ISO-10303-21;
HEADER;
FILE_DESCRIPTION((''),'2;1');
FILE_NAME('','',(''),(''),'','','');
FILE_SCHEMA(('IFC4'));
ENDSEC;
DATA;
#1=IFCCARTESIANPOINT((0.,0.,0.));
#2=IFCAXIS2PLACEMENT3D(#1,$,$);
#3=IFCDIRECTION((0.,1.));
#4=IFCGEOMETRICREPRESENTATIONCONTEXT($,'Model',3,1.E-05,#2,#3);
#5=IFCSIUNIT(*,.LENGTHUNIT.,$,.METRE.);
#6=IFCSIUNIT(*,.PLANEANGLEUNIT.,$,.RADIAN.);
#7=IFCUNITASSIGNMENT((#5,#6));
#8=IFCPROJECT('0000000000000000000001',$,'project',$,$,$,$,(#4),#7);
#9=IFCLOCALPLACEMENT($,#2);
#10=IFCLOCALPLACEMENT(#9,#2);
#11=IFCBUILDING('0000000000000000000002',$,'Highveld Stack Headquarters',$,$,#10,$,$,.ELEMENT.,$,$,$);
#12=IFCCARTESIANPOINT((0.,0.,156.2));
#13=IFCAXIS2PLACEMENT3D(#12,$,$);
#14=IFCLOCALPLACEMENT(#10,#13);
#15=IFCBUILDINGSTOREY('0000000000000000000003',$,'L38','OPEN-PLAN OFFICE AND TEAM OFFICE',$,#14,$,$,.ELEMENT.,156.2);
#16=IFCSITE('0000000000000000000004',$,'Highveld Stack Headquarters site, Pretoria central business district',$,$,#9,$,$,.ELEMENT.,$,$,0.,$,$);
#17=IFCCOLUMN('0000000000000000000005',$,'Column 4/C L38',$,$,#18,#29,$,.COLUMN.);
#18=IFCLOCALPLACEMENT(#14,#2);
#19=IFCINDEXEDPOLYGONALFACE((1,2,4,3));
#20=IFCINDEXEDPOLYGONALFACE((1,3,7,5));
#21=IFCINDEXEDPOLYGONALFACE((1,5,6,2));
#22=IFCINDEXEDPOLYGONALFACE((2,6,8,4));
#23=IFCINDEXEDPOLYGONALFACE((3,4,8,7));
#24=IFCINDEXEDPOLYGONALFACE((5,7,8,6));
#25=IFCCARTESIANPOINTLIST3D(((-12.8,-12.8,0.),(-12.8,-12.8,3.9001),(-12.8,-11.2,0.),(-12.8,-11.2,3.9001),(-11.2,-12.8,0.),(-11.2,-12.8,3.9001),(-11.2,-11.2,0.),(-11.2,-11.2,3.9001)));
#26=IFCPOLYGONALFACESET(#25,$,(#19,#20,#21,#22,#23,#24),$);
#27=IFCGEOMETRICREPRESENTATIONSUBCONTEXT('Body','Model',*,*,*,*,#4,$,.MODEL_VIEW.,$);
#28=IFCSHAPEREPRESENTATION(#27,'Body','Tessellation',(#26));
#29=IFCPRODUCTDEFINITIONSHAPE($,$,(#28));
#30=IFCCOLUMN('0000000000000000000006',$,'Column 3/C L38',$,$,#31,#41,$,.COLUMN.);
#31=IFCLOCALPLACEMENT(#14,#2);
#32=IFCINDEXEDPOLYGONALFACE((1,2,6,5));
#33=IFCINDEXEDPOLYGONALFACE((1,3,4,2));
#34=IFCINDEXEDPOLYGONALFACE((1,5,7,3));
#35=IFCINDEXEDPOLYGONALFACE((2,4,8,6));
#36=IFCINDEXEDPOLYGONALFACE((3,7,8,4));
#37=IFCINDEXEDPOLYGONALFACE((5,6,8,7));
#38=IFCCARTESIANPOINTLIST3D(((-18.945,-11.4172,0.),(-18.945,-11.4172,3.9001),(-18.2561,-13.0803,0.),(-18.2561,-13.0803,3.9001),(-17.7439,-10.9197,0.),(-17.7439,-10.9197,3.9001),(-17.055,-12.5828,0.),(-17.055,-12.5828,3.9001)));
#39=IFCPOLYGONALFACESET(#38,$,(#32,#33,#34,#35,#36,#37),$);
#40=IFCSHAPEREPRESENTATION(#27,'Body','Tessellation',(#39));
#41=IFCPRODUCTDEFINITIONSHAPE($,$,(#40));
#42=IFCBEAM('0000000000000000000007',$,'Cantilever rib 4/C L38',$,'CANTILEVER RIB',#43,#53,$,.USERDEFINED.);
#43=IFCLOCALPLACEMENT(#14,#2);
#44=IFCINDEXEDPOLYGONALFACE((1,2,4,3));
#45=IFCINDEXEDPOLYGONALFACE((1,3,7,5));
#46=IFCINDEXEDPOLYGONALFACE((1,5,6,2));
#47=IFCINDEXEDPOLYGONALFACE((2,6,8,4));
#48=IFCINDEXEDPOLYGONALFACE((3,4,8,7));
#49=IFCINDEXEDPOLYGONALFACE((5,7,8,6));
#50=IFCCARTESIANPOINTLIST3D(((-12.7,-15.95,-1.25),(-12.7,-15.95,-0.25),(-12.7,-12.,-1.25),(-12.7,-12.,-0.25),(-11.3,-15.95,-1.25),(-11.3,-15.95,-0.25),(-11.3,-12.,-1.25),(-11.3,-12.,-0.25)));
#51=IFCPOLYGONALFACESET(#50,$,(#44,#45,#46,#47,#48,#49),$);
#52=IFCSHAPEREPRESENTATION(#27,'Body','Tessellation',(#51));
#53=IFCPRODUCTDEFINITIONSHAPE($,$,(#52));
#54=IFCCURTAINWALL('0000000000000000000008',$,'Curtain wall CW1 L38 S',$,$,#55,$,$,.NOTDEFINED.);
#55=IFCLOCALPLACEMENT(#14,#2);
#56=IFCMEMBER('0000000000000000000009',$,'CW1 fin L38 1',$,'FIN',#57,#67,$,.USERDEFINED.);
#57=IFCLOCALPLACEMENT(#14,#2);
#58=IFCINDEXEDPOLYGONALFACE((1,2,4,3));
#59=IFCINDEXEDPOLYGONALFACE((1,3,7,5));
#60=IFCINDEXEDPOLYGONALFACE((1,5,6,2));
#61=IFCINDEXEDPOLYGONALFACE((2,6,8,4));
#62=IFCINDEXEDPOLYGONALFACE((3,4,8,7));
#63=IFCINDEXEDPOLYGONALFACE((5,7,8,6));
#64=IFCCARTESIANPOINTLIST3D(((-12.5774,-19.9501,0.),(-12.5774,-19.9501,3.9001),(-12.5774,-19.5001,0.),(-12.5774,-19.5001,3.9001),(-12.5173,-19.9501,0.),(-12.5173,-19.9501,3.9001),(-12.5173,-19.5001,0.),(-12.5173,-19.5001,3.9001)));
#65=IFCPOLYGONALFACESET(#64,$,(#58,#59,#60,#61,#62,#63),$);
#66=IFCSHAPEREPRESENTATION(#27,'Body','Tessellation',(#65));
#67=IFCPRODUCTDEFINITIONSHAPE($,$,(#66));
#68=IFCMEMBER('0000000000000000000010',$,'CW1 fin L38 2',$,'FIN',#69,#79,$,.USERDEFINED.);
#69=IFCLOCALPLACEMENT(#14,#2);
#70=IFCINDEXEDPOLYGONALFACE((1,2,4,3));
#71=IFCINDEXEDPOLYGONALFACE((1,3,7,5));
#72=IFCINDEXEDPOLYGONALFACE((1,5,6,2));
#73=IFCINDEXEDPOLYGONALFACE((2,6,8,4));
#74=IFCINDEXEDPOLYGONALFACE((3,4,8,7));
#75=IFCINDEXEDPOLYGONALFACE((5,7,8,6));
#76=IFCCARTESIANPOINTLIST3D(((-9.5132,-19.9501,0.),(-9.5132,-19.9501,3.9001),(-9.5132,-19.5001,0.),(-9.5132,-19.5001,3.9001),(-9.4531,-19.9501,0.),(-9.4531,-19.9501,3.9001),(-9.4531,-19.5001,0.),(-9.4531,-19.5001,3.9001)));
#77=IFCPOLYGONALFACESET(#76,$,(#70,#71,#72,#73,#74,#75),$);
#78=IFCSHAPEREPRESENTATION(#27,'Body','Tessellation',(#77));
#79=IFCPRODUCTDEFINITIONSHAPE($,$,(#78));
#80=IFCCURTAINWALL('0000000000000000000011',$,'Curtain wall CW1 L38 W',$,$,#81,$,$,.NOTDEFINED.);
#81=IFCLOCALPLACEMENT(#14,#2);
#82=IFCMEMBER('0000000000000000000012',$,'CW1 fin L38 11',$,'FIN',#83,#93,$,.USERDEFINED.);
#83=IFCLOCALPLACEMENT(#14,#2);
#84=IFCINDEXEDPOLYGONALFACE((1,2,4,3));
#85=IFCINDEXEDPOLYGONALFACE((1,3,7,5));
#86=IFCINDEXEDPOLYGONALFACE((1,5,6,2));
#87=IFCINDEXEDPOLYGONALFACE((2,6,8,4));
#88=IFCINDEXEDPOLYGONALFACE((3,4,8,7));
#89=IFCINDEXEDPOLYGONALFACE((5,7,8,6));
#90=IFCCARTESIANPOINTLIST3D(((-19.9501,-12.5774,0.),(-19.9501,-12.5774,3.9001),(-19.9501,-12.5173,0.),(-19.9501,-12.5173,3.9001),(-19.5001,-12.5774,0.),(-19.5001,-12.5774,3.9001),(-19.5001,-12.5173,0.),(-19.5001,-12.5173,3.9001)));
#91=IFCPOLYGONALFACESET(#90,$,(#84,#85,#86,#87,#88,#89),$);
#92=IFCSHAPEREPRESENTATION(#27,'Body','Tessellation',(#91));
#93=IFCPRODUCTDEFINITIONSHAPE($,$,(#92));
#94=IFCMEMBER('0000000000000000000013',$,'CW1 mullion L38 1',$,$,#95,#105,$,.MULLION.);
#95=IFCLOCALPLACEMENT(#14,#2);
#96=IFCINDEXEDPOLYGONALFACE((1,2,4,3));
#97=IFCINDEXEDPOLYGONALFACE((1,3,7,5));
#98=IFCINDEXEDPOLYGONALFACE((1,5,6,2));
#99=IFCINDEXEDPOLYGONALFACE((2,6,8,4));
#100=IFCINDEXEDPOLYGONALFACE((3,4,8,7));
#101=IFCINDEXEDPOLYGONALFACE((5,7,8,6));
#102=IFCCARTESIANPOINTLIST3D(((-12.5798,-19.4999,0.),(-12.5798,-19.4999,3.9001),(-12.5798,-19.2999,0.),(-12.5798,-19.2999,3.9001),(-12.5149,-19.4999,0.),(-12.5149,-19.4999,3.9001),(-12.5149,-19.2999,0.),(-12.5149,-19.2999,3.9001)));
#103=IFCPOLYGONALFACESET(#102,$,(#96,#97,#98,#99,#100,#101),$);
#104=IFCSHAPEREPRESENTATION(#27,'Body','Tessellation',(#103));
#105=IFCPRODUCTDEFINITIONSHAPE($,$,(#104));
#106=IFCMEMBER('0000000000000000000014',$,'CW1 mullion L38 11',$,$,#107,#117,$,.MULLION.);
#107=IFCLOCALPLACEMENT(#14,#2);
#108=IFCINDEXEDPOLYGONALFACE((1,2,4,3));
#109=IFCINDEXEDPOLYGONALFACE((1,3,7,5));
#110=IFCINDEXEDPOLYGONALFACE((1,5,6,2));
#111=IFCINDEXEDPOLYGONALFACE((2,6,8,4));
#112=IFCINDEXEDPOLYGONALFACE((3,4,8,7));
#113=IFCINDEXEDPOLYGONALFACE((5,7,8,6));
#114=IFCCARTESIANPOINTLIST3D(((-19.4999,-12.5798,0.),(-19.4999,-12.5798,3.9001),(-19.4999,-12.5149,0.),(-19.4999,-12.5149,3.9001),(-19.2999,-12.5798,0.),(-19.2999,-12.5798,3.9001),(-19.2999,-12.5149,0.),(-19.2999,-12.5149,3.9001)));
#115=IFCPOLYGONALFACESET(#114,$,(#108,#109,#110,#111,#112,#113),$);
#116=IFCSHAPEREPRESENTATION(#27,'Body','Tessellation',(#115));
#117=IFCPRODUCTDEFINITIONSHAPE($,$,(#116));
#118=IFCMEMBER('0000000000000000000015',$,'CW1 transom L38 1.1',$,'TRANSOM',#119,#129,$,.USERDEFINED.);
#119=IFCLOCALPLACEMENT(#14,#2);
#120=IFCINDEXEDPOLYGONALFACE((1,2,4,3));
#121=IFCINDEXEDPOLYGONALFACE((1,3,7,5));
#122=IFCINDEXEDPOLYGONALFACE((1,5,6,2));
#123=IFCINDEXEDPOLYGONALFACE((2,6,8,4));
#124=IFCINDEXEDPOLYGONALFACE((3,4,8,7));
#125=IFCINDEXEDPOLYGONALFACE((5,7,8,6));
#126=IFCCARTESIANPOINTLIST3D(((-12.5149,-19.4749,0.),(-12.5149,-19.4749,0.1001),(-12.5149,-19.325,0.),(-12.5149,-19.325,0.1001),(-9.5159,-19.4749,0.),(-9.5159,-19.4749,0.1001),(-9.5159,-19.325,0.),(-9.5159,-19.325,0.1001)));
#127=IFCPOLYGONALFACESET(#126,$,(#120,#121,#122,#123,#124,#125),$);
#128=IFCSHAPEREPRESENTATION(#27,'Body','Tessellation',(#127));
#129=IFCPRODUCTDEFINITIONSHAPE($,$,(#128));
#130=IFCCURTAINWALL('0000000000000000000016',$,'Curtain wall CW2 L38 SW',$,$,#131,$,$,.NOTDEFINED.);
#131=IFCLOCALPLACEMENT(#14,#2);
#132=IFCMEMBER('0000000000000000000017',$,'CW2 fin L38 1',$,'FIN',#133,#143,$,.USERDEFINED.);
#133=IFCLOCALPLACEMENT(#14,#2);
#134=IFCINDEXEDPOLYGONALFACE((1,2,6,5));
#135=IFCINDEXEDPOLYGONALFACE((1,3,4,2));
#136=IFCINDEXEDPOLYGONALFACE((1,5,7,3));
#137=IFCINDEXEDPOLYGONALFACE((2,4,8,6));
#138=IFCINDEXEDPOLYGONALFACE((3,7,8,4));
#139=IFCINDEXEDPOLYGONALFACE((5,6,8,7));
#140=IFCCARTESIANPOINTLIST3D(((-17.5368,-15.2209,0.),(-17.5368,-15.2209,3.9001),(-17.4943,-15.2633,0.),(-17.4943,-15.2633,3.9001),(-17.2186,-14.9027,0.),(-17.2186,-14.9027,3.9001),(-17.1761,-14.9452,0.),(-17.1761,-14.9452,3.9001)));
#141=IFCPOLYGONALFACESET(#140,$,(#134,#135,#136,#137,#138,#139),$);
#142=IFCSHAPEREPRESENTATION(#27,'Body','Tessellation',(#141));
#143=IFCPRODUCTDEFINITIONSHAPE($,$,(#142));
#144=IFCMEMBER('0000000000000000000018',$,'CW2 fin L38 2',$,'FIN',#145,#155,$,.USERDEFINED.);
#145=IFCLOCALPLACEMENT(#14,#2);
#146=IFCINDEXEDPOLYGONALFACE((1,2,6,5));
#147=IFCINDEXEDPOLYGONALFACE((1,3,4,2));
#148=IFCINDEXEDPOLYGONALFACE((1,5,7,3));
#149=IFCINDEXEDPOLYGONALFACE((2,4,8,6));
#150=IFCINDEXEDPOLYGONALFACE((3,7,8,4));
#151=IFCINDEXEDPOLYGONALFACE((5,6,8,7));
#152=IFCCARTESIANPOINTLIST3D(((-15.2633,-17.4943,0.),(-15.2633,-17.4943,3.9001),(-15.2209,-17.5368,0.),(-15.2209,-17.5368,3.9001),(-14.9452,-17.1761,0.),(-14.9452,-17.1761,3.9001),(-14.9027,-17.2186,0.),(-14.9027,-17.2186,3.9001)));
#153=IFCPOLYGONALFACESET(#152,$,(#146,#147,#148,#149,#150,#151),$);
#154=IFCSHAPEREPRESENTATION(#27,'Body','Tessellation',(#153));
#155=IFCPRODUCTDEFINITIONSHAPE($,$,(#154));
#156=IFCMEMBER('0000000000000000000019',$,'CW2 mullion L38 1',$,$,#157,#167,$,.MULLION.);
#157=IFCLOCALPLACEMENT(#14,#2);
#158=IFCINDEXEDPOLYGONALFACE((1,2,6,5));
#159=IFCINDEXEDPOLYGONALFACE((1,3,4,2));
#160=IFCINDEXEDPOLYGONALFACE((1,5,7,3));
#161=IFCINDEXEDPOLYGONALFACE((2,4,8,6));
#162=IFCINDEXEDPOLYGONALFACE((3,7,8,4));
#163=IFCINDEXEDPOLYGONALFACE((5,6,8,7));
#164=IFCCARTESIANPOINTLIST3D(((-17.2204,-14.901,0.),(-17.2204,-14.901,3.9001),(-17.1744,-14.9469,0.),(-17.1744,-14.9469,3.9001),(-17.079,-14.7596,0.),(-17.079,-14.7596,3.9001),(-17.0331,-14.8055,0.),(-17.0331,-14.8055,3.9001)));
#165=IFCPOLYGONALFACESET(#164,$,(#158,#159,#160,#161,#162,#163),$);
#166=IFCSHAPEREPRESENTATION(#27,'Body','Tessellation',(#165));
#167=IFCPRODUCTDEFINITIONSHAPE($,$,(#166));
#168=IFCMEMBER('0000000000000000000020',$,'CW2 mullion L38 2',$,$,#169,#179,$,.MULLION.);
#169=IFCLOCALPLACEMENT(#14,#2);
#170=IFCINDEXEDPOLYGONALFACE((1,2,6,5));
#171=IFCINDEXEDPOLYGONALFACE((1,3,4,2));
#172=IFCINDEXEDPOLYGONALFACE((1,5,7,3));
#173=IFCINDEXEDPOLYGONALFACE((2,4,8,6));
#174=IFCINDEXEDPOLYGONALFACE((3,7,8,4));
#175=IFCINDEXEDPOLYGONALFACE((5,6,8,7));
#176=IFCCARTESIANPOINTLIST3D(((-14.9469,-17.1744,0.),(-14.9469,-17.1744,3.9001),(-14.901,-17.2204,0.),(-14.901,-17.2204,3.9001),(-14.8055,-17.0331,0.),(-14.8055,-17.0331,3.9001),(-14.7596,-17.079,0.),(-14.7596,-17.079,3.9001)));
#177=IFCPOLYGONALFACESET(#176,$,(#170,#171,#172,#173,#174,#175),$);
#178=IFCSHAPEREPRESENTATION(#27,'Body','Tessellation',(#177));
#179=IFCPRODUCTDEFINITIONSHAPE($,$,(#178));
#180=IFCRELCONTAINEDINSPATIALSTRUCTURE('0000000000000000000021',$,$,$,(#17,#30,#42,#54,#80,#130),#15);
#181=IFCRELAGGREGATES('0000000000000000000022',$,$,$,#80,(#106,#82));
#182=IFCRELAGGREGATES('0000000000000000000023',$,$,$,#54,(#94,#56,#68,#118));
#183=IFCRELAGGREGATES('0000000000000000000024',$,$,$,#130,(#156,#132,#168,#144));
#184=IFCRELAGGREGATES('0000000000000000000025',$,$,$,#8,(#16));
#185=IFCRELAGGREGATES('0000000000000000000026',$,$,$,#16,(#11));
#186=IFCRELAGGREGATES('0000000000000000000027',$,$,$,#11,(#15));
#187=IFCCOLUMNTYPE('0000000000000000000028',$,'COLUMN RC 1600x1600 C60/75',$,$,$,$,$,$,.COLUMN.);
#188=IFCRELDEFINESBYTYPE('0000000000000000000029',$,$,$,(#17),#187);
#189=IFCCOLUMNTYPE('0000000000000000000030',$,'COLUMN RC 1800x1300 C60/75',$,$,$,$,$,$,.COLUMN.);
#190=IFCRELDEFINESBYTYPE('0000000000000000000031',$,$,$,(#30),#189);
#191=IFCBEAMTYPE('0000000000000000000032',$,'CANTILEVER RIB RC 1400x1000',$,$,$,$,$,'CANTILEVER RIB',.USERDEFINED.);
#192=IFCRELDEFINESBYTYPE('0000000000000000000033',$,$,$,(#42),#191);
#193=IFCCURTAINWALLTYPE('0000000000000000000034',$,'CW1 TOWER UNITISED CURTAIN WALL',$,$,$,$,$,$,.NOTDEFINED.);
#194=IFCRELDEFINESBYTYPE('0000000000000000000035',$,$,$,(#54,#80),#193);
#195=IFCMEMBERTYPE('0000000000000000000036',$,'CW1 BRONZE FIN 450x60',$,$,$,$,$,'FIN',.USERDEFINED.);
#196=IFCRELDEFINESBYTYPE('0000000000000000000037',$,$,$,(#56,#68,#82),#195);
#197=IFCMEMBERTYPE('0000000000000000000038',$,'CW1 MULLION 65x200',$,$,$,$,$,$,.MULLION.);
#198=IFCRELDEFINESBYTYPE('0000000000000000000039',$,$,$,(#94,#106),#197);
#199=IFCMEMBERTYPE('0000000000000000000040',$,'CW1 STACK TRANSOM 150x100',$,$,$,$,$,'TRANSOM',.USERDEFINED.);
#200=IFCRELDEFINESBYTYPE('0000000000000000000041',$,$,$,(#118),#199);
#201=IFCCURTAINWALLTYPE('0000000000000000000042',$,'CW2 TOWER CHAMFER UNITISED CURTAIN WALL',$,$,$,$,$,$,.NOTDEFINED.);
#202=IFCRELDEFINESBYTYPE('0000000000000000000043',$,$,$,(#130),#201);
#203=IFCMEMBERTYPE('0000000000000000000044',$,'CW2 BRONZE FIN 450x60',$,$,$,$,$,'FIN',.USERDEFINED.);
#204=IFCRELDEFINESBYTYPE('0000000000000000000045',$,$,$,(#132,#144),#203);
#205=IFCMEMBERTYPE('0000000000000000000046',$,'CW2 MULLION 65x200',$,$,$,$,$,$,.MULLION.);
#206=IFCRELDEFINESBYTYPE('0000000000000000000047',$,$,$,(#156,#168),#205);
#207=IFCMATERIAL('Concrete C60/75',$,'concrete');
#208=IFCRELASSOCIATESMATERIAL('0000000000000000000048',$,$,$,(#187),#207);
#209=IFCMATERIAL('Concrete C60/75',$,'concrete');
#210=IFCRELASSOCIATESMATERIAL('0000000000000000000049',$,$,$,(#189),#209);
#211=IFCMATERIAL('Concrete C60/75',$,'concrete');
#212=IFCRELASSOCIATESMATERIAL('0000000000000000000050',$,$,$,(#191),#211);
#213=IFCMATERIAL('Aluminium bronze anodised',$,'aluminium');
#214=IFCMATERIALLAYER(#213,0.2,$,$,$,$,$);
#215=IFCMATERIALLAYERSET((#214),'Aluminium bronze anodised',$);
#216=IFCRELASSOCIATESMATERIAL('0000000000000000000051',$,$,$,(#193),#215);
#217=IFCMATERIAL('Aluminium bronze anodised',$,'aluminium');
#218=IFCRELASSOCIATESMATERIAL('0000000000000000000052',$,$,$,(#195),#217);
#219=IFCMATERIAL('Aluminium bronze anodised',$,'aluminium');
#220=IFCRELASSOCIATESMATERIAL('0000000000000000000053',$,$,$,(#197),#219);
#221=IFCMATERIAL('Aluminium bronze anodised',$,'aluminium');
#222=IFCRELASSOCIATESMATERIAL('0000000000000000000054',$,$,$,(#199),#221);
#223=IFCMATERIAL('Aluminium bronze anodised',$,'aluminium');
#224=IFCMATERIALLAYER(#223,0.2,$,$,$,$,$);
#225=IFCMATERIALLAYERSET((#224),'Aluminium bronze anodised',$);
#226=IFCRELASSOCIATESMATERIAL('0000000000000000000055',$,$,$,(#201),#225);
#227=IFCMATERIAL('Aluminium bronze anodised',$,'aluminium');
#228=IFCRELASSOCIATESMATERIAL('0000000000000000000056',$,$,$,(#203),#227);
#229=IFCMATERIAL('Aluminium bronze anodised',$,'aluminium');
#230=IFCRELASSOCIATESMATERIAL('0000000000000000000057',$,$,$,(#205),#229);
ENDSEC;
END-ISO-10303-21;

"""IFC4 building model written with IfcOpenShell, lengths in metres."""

from ifc_helpers import new_model, si_unit, direction, frame, origin, origin_2d, place, context, subcontext, project, spatial, rectangle, extrude, material, layer, layer_set, material_profile, profile_set, type_object, element, aggregate, save


model = new_model("IFC4")

# Units and contexts
model_context = context("Model", 3, precision=1e-05, world=origin(), true_north=direction((0.0, 1.0)))
body_context = subcontext(model_context, "Body", "Model", "MODEL_VIEW")
ifc_project = project(units=[si_unit("LENGTHUNIT", "METRE"), si_unit("PLANEANGLEUNIT", "RADIAN")], contexts=[model_context])

# Site, building, storey
site_placement = place(None, origin())
site = spatial("IfcSite", under=ifc_project, at=site_placement, Name="Highveld Stack Headquarters site, Pretoria central business district", CompositionType="ELEMENT", RefElevation=0.0)
building_placement = place(site_placement, origin())
building = spatial("IfcBuilding", under=site, at=building_placement, Name="Highveld Stack Headquarters", CompositionType="ELEMENT")
storey_placement = place(building_placement, frame((0.0, 0.0, 156.2)))
storey = spatial("IfcBuildingStorey", under=building, at=storey_placement, Name="L38", Description="OPEN-PLAN OFFICE AND TEAM OFFICE", CompositionType="ELEMENT", Elevation=156.2)

# Columns
ifc_material_1 = material(Name="Concrete C60/75", Category="concrete")
ifc_material_profile_1 = material_profile(ifc_material_1, rectangle(XDim=1.6001, YDim=1.6001, at=origin_2d()), Name="RC 1600x1600")
ifc_profile_set_1 = profile_set([ifc_material_profile_1], Name="Concrete C60/75")
column_type_1 = type_object("IfcColumnType", Name="COLUMN RC 1600x1600 C60/75", PredefinedType="COLUMN", material=ifc_profile_set_1)
column_1_placement = place(storey_placement, frame((-12.0, -12.0, 0.0), z_axis=(0.0, 0.0, 1.0), x_axis=(1.0, 0.0, 0.0)))
element("IfcColumn", 1, at=column_1_placement, inside=storey, type_object=column_type_1, Name="Column 4/C L38", PredefinedType="COLUMN", context=body_context, shape_type="SweptSolid", body=[
    extrude(rectangle(XDim=1.6001, YDim=1.6001, at=origin_2d()), origin(), (0.0, 0.0, 1.0), 3.9001),
])
ifc_material_2 = material(Name="Concrete C60/75", Category="concrete")
ifc_material_profile_2 = material_profile(ifc_material_2, rectangle(XDim=1.8, YDim=1.3, at=origin_2d()), Name="RC 1800x1300")
ifc_profile_set_2 = profile_set([ifc_material_profile_2], Name="Concrete C60/75")
column_type_2 = type_object("IfcColumnType", Name="COLUMN RC 1800x1300 C60/75", PredefinedType="COLUMN", material=ifc_profile_set_2)
column_2_placement = place(storey_placement, frame((-18.0, -12.0, 0.0), z_axis=(0.0, 0.0, 1.0), x_axis=(-0.382683, 0.92388, 0.0)))
element("IfcColumn", 2, at=column_2_placement, inside=storey, type_object=column_type_2, Name="Column 3/C L38", PredefinedType="COLUMN", context=body_context, shape_type="SweptSolid", body=[
    extrude(rectangle(XDim=1.8, YDim=1.3, at=origin_2d()), origin(), (0.0, 0.0, 1.0), 3.9001),
])

# Beam
ifc_material_3 = material(Name="Concrete C60/75", Category="concrete")
ifc_material_profile_3 = material_profile(ifc_material_3, rectangle(XDim=1.3999, YDim=1.0, at=origin_2d()), Name="RC 1400x1000")
ifc_profile_set_3 = profile_set([ifc_material_profile_3], Name="Concrete C60/75")
beam_type_1 = type_object("IfcBeamType", Name="CANTILEVER RIB RC 1400x1000", ElementType="CANTILEVER RIB", PredefinedType="USERDEFINED", material=ifc_profile_set_3)
beam_1_placement = place(storey_placement, frame((-12.0, -12.0, -0.75), z_axis=(0.0, -1.0, 0.0), x_axis=(1.0, 0.0, 0.0)))
element("IfcBeam", 3, at=beam_1_placement, inside=storey, type_object=beam_type_1, Name="Cantilever rib 4/C L38", ObjectType="CANTILEVER RIB", PredefinedType="USERDEFINED", context=body_context, shape_type="SweptSolid", body=[
    extrude(rectangle(XDim=1.3999, YDim=1.0, at=origin_2d()), origin(), (0.0, 0.0, 1.0), 3.95),
])

# Curtain wall, members
ifc_material_4 = material(Name="Aluminium bronze anodised", Category="aluminium")
ifc_layer_1 = layer(ifc_material_4, 0.2)
ifc_layer_set_1 = layer_set([ifc_layer_1], Name="Aluminium bronze anodised")
curtain_wall_type_1 = type_object("IfcCurtainWallType", Name="CW1 TOWER UNITISED CURTAIN WALL", PredefinedType="NOTDEFINED", material=ifc_layer_set_1)
curtain_wall_1_placement = place(storey_placement, origin())
curtain_wall_1 = element("IfcCurtainWall", 4, at=curtain_wall_1_placement, inside=storey, type_object=curtain_wall_type_1, Name="Curtain wall CW1 L38 S", PredefinedType="NOTDEFINED")
ifc_material_5 = material(Name="Aluminium bronze anodised", Category="aluminium")
ifc_material_profile_4 = material_profile(ifc_material_5, rectangle(XDim=0.45, YDim=0.0601, at=origin_2d()), Name="FIN 450x60")
ifc_profile_set_4 = profile_set([ifc_material_profile_4], Name="Aluminium bronze anodised")
member_type_1 = type_object("IfcMemberType", Name="CW1 BRONZE FIN 450x60", ElementType="FIN", PredefinedType="USERDEFINED", material=ifc_profile_set_4)
member_1_placement = place(storey_placement, frame((-12.5474, -19.7251, 0.0), z_axis=(0.0, 0.0, 1.0), x_axis=(0.0, 1.0, 0.0)))
member_1 = element("IfcMember", 5, at=member_1_placement, type_object=member_type_1, Name="CW1 fin L38 1", ObjectType="FIN", PredefinedType="USERDEFINED", context=body_context, shape_type="SweptSolid", body=[
    extrude(rectangle(XDim=0.45, YDim=0.0601, at=origin_2d()), origin(), (0.0, 0.0, 1.0), 3.9001),
])
member_2_placement = place(storey_placement, frame((-9.4832, -19.7251, 0.0), z_axis=(0.0, 0.0, 1.0), x_axis=(0.0, 1.0, 0.0)))
member_2 = element("IfcMember", 6, at=member_2_placement, type_object=member_type_1, Name="CW1 fin L38 2", ObjectType="FIN", PredefinedType="USERDEFINED", context=body_context, shape_type="SweptSolid", body=[
    extrude(rectangle(XDim=0.45, YDim=0.0601, at=origin_2d()), origin(), (0.0, 0.0, 1.0), 3.9001),
])

# Curtain wall, member
curtain_wall_2_placement = place(storey_placement, origin())
curtain_wall_2 = element("IfcCurtainWall", 7, at=curtain_wall_2_placement, inside=storey, type_object=curtain_wall_type_1, Name="Curtain wall CW1 L38 W", PredefinedType="NOTDEFINED")
member_3_placement = place(storey_placement, frame((-19.7251, -12.5474, 0.0), z_axis=(0.0, 0.0, 1.0), x_axis=(1.0, 0.0, 0.0)))
member_3 = element("IfcMember", 8, at=member_3_placement, type_object=member_type_1, Name="CW1 fin L38 11", ObjectType="FIN", PredefinedType="USERDEFINED", context=body_context, shape_type="SweptSolid", body=[
    extrude(rectangle(XDim=0.45, YDim=0.0601, at=origin_2d()), origin(), (0.0, 0.0, 1.0), 3.9001),
])

# Members
ifc_material_6 = material(Name="Aluminium bronze anodised", Category="aluminium")
ifc_material_profile_5 = material_profile(ifc_material_6, rectangle(XDim=0.2, YDim=0.0649, at=origin_2d()), Name="CW1 MULLION 65x200")
ifc_profile_set_5 = profile_set([ifc_material_profile_5], Name="Aluminium bronze anodised")
member_type_2 = type_object("IfcMemberType", Name="CW1 MULLION 65x200", PredefinedType="MULLION", material=ifc_profile_set_5)
member_4_placement = place(storey_placement, frame((-12.5474, -19.3999, 0.0), z_axis=(0.0, 0.0, 1.0), x_axis=(0.0, 1.0, 0.0)))
member_4 = element("IfcMember", 9, at=member_4_placement, type_object=member_type_2, Name="CW1 mullion L38 1", PredefinedType="MULLION", context=body_context, shape_type="SweptSolid", body=[
    extrude(rectangle(XDim=0.2, YDim=0.0649, at=origin_2d()), origin(), (0.0, 0.0, 1.0), 3.9001),
])
member_5_placement = place(storey_placement, frame((-19.3999, -12.5474, 0.0), z_axis=(0.0, 0.0, 1.0), x_axis=(1.0, 0.0, 0.0)))
member_5 = element("IfcMember", 10, at=member_5_placement, type_object=member_type_2, Name="CW1 mullion L38 11", PredefinedType="MULLION", context=body_context, shape_type="SweptSolid", body=[
    extrude(rectangle(XDim=0.2, YDim=0.0649, at=origin_2d()), origin(), (0.0, 0.0, 1.0), 3.9001),
])
aggregate(curtain_wall_2, [member_5, member_3])
ifc_material_7 = material(Name="Aluminium bronze anodised", Category="aluminium")
ifc_material_profile_6 = material_profile(ifc_material_7, rectangle(XDim=0.1499, YDim=0.1001, at=origin_2d()), Name="CW1 TRANSOM 150x100")
ifc_profile_set_6 = profile_set([ifc_material_profile_6], Name="Aluminium bronze anodised")
member_type_3 = type_object("IfcMemberType", Name="CW1 STACK TRANSOM 150x100", ElementType="TRANSOM", PredefinedType="USERDEFINED", material=ifc_profile_set_6)
member_6_placement = place(storey_placement, frame((-12.5149, -19.3999, 0.05), z_axis=(1.0, 0.0, 0.0), x_axis=(0.0, 1.0, 0.0)))
member_6 = element("IfcMember", 11, at=member_6_placement, type_object=member_type_3, Name="CW1 transom L38 1.1", ObjectType="TRANSOM", PredefinedType="USERDEFINED", context=body_context, shape_type="SweptSolid", body=[
    extrude(rectangle(XDim=0.1499, YDim=0.1001, at=origin_2d()), origin(), (0.0, 0.0, 1.0), 2.999),
])

# Curtain wall, members
ifc_material_8 = material(Name="Aluminium bronze anodised", Category="aluminium")
ifc_layer_2 = layer(ifc_material_8, 0.2)
ifc_layer_set_2 = layer_set([ifc_layer_2], Name="Aluminium bronze anodised")
curtain_wall_type_2 = type_object("IfcCurtainWallType", Name="CW2 TOWER CHAMFER UNITISED CURTAIN WALL", PredefinedType="NOTDEFINED", material=ifc_layer_set_2)
curtain_wall_3_placement = place(storey_placement, origin())
curtain_wall_3 = element("IfcCurtainWall", 12, at=curtain_wall_3_placement, inside=storey, type_object=curtain_wall_type_2, Name="Curtain wall CW2 L38 SW", PredefinedType="NOTDEFINED")
ifc_material_9 = material(Name="Aluminium bronze anodised", Category="aluminium")
ifc_material_profile_7 = material_profile(ifc_material_9, rectangle(XDim=0.45, YDim=0.0601, at=origin_2d()), Name="FIN 450x60")
ifc_profile_set_7 = profile_set([ifc_material_profile_7], Name="Aluminium bronze anodised")
member_type_4 = type_object("IfcMemberType", Name="CW2 BRONZE FIN 450x60", ElementType="FIN", PredefinedType="USERDEFINED", material=ifc_profile_set_7)
member_7_placement = place(storey_placement, frame((-17.3564, -15.083, 0.0), z_axis=(0.0, 0.0, 1.0), x_axis=(0.707107, 0.707107, 0.0)))
member_7 = element("IfcMember", 13, at=member_7_placement, type_object=member_type_4, Name="CW2 fin L38 1", ObjectType="FIN", PredefinedType="USERDEFINED", context=body_context, shape_type="SweptSolid", body=[
    extrude(rectangle(XDim=0.45, YDim=0.0601, at=origin_2d()), origin(), (0.0, 0.0, 1.0), 3.9001),
])
member_8_placement = place(storey_placement, frame((-15.083, -17.3564, 0.0), z_axis=(0.0, 0.0, 1.0), x_axis=(0.707107, 0.707107, 0.0)))
member_8 = element("IfcMember", 14, at=member_8_placement, type_object=member_type_4, Name="CW2 fin L38 2", ObjectType="FIN", PredefinedType="USERDEFINED", context=body_context, shape_type="SweptSolid", body=[
    extrude(rectangle(XDim=0.45, YDim=0.0601, at=origin_2d()), origin(), (0.0, 0.0, 1.0), 3.9001),
])
ifc_material_10 = material(Name="Aluminium bronze anodised", Category="aluminium")
ifc_material_profile_8 = material_profile(ifc_material_10, rectangle(XDim=0.2, YDim=0.0649, at=origin_2d()), Name="CW2 MULLION 65x200")
ifc_profile_set_8 = profile_set([ifc_material_profile_8], Name="Aluminium bronze anodised")
member_type_5 = type_object("IfcMemberType", Name="CW2 MULLION 65x200", PredefinedType="MULLION", material=ifc_profile_set_8)
member_9_placement = place(storey_placement, frame((-17.1267, -14.8533, 0.0), z_axis=(0.0, 0.0, 1.0), x_axis=(0.707107, 0.707107, 0.0)))
member_9 = element("IfcMember", 15, at=member_9_placement, type_object=member_type_5, Name="CW2 mullion L38 1", PredefinedType="MULLION", context=body_context, shape_type="SweptSolid", body=[
    extrude(rectangle(XDim=0.2, YDim=0.0649, at=origin_2d()), origin(), (0.0, 0.0, 1.0), 3.9001),
])
member_10_placement = place(storey_placement, frame((-14.8533, -17.1267, 0.0), z_axis=(0.0, 0.0, 1.0), x_axis=(0.707107, 0.707107, 0.0)))
member_10 = element("IfcMember", 16, at=member_10_placement, type_object=member_type_5, Name="CW2 mullion L38 2", PredefinedType="MULLION", context=body_context, shape_type="SweptSolid", body=[
    extrude(rectangle(XDim=0.2, YDim=0.0649, at=origin_2d()), origin(), (0.0, 0.0, 1.0), 3.9001),
])

aggregate(curtain_wall_1, [member_4, member_1, member_2, member_6])
aggregate(curtain_wall_3, [member_9, member_7, member_10, member_8])

save(model, "model.ifc")
